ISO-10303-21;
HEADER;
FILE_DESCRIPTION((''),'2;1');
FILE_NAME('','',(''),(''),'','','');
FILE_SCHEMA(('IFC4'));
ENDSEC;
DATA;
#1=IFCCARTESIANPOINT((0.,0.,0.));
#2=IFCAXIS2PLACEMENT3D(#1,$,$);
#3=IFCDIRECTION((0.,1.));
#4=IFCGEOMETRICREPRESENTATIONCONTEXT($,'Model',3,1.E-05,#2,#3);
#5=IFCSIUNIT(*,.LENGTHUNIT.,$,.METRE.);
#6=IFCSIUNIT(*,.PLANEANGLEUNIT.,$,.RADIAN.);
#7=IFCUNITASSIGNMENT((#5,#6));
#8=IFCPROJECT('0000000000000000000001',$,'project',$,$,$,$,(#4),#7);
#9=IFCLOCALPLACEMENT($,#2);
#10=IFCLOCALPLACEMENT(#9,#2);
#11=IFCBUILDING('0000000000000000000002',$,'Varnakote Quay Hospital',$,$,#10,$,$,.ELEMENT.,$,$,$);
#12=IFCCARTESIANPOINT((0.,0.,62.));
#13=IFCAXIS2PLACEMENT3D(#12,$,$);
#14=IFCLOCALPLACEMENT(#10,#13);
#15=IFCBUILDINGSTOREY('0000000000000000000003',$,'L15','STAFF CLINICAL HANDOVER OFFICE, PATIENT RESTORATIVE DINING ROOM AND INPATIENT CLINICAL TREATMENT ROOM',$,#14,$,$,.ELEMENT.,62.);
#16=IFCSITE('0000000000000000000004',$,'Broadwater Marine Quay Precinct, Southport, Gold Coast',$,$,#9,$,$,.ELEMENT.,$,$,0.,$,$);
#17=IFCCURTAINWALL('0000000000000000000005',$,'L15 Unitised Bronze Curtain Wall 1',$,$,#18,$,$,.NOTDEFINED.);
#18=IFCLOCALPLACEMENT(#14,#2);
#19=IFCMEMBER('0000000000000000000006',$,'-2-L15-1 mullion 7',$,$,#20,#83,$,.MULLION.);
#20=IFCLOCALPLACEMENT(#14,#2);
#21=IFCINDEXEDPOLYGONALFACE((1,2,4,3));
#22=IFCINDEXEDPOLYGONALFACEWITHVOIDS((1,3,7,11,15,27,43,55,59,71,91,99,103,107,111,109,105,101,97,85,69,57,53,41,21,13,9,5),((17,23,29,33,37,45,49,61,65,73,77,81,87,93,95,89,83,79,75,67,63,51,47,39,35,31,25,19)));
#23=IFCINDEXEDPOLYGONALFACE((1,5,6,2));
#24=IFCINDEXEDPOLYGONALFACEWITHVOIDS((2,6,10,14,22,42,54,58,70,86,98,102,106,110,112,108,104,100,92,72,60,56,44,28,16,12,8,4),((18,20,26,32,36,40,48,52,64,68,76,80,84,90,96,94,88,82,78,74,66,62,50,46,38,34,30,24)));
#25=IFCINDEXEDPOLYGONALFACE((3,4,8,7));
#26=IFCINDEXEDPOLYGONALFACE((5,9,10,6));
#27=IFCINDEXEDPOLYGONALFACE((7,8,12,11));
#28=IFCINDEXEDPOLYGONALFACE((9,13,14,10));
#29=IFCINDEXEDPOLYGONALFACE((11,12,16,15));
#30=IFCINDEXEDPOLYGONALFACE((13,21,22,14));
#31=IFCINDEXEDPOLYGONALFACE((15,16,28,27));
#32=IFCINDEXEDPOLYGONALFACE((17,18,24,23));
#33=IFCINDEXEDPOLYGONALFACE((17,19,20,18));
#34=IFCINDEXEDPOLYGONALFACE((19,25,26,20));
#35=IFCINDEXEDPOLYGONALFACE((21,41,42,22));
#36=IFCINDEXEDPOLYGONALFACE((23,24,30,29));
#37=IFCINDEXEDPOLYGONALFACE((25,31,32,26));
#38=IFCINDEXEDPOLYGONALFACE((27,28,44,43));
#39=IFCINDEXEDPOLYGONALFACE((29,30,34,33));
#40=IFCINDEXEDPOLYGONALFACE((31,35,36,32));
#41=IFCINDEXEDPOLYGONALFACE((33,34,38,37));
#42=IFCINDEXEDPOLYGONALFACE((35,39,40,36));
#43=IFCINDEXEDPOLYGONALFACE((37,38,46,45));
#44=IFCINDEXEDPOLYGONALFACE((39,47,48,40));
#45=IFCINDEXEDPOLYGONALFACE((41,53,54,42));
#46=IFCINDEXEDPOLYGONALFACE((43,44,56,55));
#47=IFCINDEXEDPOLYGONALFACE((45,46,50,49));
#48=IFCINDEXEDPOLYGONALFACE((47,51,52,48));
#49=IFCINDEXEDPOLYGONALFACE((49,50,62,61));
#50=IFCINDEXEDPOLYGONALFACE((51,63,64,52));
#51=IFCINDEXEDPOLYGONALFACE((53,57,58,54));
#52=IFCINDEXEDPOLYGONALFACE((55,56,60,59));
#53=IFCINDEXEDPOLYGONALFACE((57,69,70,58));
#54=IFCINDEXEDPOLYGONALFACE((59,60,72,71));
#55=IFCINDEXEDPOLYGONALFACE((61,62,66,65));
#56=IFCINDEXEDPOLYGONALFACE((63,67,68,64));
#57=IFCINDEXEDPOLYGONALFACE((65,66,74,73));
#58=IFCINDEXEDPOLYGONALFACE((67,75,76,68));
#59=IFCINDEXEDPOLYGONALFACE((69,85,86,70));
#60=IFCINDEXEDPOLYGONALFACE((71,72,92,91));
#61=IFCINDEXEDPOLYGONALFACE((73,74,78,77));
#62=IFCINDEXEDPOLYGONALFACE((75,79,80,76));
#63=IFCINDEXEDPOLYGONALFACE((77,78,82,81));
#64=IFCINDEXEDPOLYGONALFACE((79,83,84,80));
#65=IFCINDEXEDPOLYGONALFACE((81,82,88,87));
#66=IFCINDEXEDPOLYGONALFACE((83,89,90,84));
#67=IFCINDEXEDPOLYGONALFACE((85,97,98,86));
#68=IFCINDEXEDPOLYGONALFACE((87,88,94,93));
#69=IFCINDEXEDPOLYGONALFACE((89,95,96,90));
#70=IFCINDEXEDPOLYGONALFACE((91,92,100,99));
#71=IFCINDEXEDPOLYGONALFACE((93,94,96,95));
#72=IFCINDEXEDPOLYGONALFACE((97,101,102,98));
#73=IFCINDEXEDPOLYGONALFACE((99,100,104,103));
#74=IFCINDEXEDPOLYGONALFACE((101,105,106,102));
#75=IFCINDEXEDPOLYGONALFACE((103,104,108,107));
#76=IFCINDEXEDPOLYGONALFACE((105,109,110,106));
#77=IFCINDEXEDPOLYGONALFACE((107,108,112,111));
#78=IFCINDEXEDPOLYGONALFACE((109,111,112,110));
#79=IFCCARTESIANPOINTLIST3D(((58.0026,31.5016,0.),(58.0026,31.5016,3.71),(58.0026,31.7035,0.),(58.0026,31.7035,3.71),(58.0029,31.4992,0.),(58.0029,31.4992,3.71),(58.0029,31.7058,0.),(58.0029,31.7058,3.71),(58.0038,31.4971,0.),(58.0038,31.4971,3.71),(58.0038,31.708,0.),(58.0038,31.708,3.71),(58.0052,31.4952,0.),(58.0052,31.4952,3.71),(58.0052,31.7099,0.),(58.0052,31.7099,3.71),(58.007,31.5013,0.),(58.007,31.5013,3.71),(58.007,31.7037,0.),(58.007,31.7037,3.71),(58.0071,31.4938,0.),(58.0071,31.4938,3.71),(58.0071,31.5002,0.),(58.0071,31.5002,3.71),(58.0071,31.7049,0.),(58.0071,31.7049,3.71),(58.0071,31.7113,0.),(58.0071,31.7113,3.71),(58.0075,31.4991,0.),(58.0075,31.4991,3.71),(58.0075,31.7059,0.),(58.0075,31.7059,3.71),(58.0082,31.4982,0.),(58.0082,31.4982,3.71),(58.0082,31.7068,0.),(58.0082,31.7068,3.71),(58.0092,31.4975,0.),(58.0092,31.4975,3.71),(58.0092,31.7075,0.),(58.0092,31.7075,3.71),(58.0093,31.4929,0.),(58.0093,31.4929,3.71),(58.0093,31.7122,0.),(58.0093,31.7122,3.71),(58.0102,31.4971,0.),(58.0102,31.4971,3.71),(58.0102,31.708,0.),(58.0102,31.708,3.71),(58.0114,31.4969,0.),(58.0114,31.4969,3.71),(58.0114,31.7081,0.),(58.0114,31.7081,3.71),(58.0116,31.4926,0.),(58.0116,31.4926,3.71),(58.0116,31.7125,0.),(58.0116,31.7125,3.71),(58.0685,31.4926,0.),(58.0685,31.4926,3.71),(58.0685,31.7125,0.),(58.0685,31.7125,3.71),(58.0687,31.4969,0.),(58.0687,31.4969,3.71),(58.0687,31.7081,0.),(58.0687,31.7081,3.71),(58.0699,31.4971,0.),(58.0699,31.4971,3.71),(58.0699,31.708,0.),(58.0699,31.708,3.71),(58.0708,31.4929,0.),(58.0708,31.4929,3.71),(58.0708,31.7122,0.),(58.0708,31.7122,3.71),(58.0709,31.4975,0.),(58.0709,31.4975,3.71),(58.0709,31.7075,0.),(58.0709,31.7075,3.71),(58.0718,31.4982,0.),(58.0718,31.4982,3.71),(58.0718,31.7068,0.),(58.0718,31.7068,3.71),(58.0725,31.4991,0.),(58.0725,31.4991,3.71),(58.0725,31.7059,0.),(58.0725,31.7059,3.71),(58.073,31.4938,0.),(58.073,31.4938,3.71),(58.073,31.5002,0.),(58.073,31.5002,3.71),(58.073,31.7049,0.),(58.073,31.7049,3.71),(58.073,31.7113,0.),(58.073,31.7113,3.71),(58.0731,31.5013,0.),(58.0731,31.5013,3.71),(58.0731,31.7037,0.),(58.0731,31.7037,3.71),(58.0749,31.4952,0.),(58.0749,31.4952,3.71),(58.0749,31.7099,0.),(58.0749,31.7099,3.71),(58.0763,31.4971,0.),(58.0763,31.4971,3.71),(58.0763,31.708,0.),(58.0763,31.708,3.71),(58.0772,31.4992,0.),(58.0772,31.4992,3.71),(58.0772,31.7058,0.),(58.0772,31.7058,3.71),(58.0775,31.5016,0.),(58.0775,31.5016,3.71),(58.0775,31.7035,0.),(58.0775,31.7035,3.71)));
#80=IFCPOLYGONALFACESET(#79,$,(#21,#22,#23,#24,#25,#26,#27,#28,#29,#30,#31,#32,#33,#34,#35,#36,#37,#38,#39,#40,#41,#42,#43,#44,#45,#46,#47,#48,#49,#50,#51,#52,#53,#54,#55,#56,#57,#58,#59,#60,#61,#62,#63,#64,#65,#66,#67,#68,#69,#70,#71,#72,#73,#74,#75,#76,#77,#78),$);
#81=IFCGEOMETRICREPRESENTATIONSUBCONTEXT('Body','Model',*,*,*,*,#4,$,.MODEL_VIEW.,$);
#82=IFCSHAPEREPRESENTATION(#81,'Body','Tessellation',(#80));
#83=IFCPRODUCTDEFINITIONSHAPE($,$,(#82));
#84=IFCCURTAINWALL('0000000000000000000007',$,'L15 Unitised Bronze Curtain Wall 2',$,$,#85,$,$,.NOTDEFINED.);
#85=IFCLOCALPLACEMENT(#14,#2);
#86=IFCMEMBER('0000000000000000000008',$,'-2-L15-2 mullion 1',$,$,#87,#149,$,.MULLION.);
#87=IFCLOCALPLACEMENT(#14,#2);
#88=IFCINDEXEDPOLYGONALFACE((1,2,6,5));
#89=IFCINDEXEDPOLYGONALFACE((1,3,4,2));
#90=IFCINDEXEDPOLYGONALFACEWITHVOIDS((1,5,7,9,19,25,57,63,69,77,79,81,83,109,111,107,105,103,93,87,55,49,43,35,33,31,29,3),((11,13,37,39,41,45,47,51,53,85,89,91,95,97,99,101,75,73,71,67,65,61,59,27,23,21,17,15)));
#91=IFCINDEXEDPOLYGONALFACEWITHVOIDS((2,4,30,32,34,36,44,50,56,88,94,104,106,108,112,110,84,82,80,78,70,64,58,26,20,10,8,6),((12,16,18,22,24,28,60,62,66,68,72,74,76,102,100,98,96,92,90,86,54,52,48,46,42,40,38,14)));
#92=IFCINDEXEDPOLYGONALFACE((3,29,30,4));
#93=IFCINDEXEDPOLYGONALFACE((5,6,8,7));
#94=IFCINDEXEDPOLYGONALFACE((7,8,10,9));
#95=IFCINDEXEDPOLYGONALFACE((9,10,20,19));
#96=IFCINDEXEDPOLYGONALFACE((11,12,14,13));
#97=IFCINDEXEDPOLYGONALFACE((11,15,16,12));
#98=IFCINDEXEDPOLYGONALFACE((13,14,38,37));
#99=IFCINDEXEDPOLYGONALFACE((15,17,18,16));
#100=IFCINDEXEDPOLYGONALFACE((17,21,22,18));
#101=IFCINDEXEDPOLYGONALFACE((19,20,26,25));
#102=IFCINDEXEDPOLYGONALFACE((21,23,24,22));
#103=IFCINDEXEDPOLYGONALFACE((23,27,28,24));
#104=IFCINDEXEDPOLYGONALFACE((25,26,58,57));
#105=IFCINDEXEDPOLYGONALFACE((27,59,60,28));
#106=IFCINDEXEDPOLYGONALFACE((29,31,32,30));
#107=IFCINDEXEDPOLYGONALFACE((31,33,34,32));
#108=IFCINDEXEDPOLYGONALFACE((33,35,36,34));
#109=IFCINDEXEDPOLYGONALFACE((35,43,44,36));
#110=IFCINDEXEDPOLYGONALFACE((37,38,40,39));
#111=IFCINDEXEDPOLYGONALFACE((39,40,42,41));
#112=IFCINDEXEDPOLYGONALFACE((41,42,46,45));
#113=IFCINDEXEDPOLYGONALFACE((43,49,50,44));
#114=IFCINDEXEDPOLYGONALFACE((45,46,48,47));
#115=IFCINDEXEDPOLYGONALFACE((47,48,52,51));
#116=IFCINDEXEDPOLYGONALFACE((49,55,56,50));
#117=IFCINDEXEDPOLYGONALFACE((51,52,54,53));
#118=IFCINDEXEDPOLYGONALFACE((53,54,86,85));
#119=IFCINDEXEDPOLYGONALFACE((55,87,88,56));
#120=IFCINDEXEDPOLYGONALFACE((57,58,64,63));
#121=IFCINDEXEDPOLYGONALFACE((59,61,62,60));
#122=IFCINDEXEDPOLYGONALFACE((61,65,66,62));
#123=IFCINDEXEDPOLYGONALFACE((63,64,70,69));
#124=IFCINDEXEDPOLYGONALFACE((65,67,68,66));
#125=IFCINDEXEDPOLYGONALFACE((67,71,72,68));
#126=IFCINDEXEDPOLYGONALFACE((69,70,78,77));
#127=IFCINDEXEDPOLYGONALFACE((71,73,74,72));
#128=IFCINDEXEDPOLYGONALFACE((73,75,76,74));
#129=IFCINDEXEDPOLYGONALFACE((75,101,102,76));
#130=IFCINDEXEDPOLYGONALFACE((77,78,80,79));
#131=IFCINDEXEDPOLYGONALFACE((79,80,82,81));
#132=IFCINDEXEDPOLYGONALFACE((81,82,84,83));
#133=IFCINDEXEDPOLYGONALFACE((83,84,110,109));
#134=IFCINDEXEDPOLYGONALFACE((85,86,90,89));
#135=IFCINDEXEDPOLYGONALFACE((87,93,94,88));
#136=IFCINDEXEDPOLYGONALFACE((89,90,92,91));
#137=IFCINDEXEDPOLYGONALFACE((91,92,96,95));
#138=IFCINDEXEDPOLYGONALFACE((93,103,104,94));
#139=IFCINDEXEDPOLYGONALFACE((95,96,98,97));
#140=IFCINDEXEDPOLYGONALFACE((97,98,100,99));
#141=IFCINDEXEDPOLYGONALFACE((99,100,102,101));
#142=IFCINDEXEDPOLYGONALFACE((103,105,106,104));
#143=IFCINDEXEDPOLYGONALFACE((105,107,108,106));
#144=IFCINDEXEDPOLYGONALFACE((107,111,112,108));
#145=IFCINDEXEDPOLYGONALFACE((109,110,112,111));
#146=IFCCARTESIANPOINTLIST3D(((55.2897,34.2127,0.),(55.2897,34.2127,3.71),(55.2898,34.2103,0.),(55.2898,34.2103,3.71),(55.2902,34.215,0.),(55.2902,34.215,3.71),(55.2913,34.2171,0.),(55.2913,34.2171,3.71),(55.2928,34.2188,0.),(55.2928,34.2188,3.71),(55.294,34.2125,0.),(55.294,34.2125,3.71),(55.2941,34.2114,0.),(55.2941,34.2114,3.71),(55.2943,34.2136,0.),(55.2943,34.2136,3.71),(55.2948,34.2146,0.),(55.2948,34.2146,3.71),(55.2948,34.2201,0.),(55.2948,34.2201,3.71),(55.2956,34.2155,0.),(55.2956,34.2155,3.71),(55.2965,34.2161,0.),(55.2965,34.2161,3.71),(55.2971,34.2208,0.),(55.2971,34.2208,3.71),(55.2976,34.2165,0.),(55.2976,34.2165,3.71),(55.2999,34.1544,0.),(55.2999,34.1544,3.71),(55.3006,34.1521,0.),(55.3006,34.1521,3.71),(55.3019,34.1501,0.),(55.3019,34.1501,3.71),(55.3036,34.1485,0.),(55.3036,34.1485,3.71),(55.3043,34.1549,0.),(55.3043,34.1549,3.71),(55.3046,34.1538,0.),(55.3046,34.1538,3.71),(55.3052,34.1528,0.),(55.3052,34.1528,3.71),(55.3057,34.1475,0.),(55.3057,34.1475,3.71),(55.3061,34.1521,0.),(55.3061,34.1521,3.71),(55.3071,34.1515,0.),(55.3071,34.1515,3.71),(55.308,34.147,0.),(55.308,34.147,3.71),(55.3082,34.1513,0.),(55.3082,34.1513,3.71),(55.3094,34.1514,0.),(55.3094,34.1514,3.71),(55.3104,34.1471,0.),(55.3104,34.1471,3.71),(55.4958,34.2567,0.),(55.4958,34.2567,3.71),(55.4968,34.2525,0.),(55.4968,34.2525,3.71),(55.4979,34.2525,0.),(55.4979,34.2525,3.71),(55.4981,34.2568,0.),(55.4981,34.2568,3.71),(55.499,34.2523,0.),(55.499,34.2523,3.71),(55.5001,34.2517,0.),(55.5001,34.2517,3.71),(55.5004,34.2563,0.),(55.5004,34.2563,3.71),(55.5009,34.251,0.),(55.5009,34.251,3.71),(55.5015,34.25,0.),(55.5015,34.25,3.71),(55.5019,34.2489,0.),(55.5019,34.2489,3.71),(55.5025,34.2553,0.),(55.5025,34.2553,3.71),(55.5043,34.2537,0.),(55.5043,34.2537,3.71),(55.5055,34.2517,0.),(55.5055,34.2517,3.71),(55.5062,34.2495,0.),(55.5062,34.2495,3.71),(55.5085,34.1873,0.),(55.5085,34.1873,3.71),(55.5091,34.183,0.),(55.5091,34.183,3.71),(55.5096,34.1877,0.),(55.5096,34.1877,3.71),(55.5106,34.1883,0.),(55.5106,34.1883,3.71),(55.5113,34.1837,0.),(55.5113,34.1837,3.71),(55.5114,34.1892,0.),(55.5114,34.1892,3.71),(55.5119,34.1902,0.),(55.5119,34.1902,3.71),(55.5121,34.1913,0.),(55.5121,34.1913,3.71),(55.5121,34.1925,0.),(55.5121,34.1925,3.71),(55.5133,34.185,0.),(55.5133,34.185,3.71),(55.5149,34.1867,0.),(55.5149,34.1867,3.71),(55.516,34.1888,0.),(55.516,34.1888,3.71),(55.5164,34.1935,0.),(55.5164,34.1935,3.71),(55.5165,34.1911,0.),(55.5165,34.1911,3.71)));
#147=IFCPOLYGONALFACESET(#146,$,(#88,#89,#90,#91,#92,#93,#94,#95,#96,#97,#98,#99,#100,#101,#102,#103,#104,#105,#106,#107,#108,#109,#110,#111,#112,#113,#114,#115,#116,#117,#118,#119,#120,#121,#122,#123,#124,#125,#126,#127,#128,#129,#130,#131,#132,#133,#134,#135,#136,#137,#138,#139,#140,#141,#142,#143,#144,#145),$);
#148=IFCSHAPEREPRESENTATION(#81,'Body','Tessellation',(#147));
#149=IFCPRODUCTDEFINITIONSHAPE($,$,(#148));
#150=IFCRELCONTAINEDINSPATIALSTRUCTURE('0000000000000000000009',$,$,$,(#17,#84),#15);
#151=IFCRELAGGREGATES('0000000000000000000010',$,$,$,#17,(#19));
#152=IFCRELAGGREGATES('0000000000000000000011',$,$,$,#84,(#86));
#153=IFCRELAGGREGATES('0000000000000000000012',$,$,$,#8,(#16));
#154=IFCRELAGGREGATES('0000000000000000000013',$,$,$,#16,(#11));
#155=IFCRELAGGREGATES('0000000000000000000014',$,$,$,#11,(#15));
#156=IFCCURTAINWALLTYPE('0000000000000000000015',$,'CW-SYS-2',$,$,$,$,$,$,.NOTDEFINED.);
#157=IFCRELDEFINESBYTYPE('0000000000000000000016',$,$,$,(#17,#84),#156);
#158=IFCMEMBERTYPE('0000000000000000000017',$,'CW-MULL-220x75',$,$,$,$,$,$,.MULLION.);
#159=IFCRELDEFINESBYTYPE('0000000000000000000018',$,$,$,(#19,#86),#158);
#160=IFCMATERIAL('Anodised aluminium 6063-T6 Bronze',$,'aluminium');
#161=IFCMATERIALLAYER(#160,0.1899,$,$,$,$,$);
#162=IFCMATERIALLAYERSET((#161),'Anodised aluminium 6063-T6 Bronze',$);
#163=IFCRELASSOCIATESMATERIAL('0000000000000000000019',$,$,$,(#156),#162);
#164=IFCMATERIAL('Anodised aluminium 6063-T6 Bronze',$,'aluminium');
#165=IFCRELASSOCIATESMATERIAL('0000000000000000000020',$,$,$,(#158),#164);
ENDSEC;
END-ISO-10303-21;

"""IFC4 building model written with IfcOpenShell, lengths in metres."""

from ifc_helpers import new_model, si_unit, direction, frame, origin, origin_2d, place, context, subcontext, project, spatial, hollow_rectangle, extrude, material, layer, layer_set, material_profile, profile_set, type_object, element, aggregate, save


model = new_model("IFC4")

# Units and contexts
model_context = context("Model", 3, precision=1e-05, world=origin(), true_north=direction((0.0, 1.0)))
body_context = subcontext(model_context, "Body", "Model", "MODEL_VIEW")
ifc_project = project(units=[si_unit("LENGTHUNIT", "METRE"), si_unit("PLANEANGLEUNIT", "RADIAN")], contexts=[model_context])

# Site, building, storey
site_placement = place(None, origin())
site = spatial("IfcSite", under=ifc_project, at=site_placement, Name="Broadwater Marine Quay Precinct, Southport, Gold Coast", CompositionType="ELEMENT", RefElevation=0.0)
building_placement = place(site_placement, origin())
building = spatial("IfcBuilding", under=site, at=building_placement, Name="Varnakote Quay Hospital", CompositionType="ELEMENT")
storey_placement = place(building_placement, frame((0.0, 0.0, 62.0)))
storey = spatial("IfcBuildingStorey", under=building, at=storey_placement, Name="L15", Description="STAFF CLINICAL HANDOVER OFFICE, PATIENT RESTORATIVE DINING ROOM AND INPATIENT CLINICAL TREATMENT ROOM", CompositionType="ELEMENT", Elevation=62.0)

# Curtain wall, member
ifc_material_1 = material(Name="Anodised aluminium 6063-T6 Bronze", Category="aluminium")
ifc_layer_1 = layer(ifc_material_1, 0.1899)
ifc_layer_set_1 = layer_set([ifc_layer_1], Name="Anodised aluminium 6063-T6 Bronze")
curtain_wall_type = type_object("IfcCurtainWallType", Name="CW-SYS-2", PredefinedType="NOTDEFINED", material=ifc_layer_set_1)
curtain_wall_1_placement = place(storey_placement, origin())
curtain_wall_1 = element("IfcCurtainWall", 1, at=curtain_wall_1_placement, inside=storey, type_object=curtain_wall_type, Name="L15 Unitised Bronze Curtain Wall 1", PredefinedType="NOTDEFINED")
ifc_material_2 = material(Name="Anodised aluminium 6063-T6 Bronze", Category="aluminium")
ifc_material_profile_1 = material_profile(ifc_material_2, hollow_rectangle(XDim=0.075, YDim=0.22, WallThickness=0.0044, InnerFilletRadius=0.0044, OuterFilletRadius=0.009, at=origin_2d()), Name="CW-MULL-220x75")
ifc_profile_set_1 = profile_set([ifc_material_profile_1], Name="Anodised aluminium 6063-T6 Bronze")
member_type_1 = type_object("IfcMemberType", Name="CW-MULL-220x75", PredefinedType="MULLION", material=ifc_profile_set_1)
member_1_placement = place(storey_placement, frame((58.04, 31.6025, 0.0), z_axis=(0.0, 0.0, 1.0), x_axis=(-1.0, 0.0, 0.0)))
member_1 = element("IfcMember", 2, at=member_1_placement, type_object=member_type_1, Name="-2-L15-1 mullion 7", PredefinedType="MULLION", context=body_context, shape_type="SweptSolid", body=[
    extrude(hollow_rectangle(XDim=0.075, YDim=0.22, WallThickness=0.0044, InnerFilletRadius=0.0044, OuterFilletRadius=0.009, at=origin_2d()), origin(), (0.0, 0.0, 1.0), 3.71),
])

# Curtain wall, member
curtain_wall_2_placement = place(storey_placement, origin())
curtain_wall_2 = element("IfcCurtainWall", 3, at=curtain_wall_2_placement, inside=storey, type_object=curtain_wall_type, Name="L15 Unitised Bronze Curtain Wall 2", PredefinedType="NOTDEFINED")
member_2_placement = place(storey_placement, frame((55.4031, 34.2019, 0.0), z_axis=(0.0, 0.0, 1.0), x_axis=(0.177846, -0.984058, 0.0)))
member_2 = element("IfcMember", 4, at=member_2_placement, type_object=member_type_1, Name="-2-L15-2 mullion 1", PredefinedType="MULLION", context=body_context, shape_type="SweptSolid", body=[
    extrude(hollow_rectangle(XDim=0.075, YDim=0.22, WallThickness=0.0044, InnerFilletRadius=0.0044, OuterFilletRadius=0.009, at=origin_2d()), origin(), (0.0, 0.0, 1.0), 3.71),
])

aggregate(curtain_wall_1, [member_1])
aggregate(curtain_wall_2, [member_2])

save(model, "model.ifc")
